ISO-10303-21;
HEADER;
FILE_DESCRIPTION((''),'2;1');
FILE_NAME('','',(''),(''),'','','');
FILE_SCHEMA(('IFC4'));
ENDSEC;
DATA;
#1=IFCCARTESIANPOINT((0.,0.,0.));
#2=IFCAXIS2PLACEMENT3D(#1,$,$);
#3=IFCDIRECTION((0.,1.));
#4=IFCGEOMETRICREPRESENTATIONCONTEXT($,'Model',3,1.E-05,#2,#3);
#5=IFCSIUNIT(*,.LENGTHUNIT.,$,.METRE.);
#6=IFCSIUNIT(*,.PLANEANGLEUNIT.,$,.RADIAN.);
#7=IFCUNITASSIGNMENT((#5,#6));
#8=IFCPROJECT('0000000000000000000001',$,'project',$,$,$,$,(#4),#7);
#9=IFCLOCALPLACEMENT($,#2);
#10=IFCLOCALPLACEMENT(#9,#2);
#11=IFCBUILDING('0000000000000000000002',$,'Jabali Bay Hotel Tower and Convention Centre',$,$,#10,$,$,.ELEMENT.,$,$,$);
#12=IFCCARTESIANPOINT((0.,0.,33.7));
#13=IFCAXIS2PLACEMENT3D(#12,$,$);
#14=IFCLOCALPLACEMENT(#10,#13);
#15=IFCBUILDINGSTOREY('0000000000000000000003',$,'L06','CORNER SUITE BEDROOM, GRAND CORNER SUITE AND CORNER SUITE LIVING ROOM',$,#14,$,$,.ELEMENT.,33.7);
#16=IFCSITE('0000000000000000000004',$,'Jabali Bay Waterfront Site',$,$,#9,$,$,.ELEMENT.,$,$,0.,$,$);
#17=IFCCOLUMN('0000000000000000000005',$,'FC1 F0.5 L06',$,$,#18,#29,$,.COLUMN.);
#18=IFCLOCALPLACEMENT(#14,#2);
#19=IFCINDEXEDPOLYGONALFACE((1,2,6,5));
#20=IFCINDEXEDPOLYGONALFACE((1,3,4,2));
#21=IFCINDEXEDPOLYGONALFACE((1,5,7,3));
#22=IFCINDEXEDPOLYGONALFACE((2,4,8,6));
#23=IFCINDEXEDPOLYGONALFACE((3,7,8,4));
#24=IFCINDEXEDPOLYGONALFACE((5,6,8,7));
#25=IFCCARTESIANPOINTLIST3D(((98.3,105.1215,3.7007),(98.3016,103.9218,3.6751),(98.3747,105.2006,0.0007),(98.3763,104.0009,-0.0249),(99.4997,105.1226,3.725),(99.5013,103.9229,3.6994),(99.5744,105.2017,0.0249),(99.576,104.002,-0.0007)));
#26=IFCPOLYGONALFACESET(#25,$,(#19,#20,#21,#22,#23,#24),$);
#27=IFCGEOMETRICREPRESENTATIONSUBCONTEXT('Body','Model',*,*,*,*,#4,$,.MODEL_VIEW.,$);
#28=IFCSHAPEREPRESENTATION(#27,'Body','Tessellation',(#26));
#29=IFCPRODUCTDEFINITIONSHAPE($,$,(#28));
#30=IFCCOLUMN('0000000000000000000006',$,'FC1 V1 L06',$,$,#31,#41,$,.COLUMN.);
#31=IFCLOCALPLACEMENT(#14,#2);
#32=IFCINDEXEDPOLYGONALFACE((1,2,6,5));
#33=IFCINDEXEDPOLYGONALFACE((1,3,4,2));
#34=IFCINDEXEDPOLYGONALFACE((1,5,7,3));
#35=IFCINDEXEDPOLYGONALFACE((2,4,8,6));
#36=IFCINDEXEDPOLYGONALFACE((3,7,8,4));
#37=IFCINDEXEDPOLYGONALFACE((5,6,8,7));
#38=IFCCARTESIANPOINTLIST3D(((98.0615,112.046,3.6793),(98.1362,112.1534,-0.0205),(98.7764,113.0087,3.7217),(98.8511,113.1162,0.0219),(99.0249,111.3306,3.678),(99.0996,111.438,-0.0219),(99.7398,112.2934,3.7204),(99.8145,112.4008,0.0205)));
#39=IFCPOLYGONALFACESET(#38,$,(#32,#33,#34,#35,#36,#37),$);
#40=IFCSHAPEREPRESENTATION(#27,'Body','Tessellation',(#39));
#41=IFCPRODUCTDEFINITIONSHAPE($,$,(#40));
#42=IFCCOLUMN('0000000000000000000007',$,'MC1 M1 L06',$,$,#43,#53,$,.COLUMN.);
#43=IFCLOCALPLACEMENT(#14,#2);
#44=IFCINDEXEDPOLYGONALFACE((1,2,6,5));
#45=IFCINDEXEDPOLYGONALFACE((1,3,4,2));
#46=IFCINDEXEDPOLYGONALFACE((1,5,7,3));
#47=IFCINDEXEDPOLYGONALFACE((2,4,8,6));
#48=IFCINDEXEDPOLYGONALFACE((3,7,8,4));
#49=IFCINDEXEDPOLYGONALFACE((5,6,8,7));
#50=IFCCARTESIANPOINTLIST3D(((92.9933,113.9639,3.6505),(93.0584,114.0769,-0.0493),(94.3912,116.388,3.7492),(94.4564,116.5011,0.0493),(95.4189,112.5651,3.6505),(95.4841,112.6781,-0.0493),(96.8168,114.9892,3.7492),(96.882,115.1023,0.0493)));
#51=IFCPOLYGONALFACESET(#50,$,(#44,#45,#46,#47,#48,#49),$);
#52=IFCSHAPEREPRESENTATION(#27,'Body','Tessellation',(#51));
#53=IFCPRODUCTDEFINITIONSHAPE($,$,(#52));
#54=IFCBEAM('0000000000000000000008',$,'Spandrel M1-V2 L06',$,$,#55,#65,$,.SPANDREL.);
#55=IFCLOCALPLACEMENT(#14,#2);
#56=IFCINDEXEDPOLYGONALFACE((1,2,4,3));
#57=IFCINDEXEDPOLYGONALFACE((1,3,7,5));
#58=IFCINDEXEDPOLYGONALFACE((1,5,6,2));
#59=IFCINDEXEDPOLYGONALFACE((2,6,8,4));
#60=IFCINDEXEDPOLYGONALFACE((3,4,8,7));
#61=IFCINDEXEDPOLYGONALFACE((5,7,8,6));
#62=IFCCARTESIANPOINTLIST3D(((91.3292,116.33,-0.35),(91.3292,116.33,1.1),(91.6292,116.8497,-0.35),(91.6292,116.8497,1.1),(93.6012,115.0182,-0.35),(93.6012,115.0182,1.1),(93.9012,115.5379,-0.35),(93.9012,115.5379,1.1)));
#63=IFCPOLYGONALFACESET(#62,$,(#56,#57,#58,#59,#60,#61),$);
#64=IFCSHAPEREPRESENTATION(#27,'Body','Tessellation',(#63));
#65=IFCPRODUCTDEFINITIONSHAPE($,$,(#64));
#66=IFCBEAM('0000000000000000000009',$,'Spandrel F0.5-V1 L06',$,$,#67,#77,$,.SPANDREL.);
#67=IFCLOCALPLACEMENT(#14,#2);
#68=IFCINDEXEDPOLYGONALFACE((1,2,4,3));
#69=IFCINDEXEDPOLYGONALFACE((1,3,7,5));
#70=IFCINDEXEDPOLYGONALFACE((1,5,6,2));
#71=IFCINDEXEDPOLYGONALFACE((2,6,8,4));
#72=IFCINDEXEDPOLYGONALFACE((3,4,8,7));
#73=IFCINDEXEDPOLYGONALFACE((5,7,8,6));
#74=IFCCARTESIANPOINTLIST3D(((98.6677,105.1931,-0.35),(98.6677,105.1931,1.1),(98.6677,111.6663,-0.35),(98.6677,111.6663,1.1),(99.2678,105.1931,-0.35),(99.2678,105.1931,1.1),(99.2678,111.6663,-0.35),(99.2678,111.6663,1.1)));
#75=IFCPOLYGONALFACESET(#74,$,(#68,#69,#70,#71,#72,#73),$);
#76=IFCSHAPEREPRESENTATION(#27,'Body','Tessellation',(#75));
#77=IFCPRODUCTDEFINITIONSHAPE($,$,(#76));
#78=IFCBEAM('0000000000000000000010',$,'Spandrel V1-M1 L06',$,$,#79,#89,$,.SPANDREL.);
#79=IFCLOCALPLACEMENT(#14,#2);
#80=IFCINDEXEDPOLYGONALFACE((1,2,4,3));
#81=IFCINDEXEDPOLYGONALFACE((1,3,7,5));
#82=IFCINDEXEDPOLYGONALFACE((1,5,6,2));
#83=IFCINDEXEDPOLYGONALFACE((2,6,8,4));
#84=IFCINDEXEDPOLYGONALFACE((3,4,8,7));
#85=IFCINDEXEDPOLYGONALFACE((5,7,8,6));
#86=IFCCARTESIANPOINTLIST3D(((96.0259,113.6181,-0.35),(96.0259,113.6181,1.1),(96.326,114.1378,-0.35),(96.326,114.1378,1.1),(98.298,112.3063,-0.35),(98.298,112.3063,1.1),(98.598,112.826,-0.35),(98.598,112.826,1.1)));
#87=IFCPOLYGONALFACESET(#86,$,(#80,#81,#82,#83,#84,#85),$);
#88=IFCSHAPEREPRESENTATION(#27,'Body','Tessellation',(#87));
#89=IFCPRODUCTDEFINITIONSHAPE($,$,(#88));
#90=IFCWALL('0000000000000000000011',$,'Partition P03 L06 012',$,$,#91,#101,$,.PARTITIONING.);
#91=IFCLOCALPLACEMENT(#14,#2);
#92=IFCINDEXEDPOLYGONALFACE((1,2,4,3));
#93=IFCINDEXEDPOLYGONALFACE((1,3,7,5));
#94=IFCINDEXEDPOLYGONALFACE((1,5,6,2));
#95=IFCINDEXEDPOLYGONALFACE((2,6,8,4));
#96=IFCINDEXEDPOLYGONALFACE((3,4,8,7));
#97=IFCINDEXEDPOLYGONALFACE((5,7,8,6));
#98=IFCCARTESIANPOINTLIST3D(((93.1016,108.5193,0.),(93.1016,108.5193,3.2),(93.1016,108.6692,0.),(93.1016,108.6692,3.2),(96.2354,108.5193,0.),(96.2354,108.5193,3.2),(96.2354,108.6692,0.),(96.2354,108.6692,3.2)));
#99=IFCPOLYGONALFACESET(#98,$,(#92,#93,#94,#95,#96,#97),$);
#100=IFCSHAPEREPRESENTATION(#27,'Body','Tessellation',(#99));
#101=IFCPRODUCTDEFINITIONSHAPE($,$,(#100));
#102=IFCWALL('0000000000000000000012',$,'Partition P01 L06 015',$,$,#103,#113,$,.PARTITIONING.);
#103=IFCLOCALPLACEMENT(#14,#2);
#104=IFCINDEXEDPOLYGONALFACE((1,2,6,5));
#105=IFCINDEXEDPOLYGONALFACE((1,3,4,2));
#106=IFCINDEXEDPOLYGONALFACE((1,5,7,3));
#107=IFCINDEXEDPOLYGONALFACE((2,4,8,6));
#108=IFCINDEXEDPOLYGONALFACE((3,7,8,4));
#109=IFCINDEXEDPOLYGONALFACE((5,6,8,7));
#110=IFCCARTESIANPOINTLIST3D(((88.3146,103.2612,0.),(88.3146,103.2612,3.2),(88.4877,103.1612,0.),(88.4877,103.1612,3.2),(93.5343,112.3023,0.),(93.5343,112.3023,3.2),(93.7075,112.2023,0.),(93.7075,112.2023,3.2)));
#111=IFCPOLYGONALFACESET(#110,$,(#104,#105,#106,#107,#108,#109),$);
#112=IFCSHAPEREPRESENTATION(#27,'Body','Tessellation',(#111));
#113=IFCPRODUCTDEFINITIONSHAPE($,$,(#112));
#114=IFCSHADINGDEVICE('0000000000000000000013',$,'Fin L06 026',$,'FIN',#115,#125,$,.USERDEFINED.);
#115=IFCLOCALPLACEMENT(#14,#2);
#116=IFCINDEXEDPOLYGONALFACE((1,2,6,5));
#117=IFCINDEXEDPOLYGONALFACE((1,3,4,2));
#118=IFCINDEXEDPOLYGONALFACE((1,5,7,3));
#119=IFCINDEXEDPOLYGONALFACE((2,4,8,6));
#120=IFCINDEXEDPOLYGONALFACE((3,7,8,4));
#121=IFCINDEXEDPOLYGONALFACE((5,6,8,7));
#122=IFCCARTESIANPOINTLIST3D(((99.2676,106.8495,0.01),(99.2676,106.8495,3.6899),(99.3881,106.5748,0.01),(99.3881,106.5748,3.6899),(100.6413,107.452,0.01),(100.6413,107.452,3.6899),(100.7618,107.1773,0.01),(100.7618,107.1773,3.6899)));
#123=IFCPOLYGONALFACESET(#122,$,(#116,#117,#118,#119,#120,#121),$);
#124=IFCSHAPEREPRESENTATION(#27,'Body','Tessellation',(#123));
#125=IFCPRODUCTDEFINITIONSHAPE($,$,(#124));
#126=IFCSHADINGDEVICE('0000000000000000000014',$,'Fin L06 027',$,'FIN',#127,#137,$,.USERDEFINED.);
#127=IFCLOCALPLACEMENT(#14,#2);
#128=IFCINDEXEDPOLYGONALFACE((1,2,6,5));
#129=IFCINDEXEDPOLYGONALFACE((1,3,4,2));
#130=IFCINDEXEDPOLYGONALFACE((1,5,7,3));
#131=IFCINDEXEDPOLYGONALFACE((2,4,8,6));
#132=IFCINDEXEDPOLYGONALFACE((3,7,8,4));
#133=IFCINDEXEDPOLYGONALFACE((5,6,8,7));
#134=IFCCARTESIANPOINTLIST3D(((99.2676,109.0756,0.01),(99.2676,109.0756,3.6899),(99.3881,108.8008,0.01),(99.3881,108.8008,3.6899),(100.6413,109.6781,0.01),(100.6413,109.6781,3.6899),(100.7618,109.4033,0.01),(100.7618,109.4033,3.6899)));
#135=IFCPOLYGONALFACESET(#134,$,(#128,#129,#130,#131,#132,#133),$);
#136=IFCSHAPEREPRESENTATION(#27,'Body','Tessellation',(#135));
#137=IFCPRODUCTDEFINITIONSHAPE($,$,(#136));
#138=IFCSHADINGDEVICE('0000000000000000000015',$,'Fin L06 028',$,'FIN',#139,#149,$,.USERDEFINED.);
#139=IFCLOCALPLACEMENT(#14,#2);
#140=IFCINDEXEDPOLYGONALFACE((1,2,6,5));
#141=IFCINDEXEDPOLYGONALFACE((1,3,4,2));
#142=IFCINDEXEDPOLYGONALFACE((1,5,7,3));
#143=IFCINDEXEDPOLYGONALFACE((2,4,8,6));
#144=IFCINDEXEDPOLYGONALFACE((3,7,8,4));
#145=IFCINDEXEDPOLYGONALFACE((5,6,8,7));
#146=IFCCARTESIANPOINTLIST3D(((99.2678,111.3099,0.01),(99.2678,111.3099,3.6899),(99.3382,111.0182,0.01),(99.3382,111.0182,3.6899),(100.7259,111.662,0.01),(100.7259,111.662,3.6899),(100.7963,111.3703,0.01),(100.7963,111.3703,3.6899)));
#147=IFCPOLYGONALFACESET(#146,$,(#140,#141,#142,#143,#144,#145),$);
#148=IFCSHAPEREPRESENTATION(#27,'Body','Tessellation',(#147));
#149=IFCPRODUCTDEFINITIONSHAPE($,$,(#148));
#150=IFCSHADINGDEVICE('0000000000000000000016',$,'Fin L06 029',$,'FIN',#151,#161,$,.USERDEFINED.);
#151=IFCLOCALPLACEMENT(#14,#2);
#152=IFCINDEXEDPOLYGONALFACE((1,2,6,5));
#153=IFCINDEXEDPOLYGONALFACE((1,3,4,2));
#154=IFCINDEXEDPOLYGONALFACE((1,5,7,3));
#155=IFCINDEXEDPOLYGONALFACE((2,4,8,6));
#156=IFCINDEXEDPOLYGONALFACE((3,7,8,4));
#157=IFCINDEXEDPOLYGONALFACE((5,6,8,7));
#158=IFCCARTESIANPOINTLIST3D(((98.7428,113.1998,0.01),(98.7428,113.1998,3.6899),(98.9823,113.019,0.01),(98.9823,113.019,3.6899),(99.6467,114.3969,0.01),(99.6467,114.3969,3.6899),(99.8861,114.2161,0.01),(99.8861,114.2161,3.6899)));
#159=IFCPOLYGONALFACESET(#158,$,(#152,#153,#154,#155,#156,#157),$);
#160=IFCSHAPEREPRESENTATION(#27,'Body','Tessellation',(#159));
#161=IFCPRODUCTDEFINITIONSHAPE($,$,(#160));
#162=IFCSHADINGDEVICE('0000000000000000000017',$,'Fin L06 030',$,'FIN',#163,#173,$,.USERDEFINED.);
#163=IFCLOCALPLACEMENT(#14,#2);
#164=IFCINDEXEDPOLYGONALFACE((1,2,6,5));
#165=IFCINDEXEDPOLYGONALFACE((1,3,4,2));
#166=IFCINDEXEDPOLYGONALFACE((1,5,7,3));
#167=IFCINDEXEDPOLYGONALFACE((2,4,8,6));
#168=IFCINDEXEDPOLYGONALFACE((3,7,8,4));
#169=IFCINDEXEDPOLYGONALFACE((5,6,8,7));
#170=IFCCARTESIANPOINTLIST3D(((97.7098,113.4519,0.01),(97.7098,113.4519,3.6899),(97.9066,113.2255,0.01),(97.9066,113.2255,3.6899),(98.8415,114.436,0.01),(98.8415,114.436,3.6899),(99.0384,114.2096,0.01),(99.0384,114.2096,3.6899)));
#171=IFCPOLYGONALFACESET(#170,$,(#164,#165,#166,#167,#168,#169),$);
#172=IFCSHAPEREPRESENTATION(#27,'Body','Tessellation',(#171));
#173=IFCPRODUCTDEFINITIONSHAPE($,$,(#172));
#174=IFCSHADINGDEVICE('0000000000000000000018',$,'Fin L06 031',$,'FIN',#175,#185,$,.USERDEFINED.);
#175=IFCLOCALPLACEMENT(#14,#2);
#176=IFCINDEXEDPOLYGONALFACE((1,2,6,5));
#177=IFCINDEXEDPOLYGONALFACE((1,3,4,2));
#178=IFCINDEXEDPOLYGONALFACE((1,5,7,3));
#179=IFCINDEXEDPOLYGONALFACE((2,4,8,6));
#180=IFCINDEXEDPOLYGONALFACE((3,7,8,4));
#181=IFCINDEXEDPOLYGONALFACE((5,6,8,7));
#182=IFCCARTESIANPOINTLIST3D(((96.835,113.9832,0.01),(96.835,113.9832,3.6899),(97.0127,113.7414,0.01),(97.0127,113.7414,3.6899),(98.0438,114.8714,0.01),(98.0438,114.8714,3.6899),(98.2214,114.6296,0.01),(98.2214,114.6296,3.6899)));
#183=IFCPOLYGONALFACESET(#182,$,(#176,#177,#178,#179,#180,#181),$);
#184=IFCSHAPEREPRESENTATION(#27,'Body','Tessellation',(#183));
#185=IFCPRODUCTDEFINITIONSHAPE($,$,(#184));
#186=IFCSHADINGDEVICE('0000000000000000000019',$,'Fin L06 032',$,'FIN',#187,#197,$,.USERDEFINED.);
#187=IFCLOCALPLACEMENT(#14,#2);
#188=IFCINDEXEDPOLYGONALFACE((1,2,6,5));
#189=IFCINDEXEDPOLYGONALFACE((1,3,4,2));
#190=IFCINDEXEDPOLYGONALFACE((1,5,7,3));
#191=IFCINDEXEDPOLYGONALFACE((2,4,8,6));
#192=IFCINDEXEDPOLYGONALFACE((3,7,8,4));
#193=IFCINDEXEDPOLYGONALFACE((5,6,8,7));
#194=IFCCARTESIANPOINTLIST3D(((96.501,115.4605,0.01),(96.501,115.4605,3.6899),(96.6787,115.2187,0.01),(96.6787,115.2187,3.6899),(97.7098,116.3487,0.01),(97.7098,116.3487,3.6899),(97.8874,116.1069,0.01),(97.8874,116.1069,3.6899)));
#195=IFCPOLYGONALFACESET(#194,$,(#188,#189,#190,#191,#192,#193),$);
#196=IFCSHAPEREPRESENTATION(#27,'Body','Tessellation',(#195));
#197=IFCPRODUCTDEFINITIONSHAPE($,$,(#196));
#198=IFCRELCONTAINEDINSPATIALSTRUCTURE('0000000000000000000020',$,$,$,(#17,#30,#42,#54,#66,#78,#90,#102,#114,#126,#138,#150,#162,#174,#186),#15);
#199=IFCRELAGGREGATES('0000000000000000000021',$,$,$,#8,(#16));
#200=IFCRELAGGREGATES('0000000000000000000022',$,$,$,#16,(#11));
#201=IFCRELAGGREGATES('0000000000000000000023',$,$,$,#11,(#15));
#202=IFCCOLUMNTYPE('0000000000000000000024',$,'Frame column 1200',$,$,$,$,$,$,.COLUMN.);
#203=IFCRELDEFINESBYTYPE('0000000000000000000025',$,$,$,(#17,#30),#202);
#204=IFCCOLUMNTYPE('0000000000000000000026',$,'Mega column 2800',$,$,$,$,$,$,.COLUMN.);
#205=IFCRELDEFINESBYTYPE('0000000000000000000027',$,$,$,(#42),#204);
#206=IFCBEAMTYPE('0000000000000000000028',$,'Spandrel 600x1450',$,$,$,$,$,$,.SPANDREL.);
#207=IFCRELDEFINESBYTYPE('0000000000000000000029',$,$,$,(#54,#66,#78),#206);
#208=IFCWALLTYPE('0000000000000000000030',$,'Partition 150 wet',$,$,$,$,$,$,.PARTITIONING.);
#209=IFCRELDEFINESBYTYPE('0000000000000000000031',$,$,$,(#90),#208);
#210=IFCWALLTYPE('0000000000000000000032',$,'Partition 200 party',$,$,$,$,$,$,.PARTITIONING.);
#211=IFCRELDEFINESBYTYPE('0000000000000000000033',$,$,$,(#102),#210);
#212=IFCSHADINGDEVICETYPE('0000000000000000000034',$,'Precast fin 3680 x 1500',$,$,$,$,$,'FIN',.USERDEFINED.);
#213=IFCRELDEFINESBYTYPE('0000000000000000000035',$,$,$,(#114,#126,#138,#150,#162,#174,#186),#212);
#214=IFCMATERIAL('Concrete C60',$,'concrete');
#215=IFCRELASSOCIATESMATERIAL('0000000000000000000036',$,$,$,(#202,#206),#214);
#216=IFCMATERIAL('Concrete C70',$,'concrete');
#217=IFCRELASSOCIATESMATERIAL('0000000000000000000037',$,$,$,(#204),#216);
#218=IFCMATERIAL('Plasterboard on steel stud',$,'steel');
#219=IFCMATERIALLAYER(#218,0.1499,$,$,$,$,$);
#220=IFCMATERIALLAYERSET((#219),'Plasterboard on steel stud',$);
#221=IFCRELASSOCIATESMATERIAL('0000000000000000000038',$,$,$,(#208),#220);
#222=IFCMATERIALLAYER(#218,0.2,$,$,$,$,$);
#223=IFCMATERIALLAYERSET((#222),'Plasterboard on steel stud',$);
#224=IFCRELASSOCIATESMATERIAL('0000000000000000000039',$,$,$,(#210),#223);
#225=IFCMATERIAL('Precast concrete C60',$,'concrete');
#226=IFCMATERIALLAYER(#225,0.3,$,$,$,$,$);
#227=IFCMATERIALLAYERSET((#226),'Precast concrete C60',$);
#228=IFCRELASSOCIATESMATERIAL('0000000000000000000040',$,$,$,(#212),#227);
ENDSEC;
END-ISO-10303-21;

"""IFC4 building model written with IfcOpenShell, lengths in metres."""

from ifc_helpers import new_model, si_unit, direction, frame, frame_2d, origin, origin_2d, place, context, subcontext, project, spatial, rectangle, extrude, material, layer, layer_set, material_profile, profile_set, type_object, element, save


model = new_model("IFC4")

# Units and contexts
model_context = context("Model", 3, precision=1e-05, world=origin(), true_north=direction((0.0, 1.0)))
body_context = subcontext(model_context, "Body", "Model", "MODEL_VIEW")
ifc_project = project(units=[si_unit("LENGTHUNIT", "METRE"), si_unit("PLANEANGLEUNIT", "RADIAN")], contexts=[model_context])

# Site, building, storey
site_placement = place(None, origin())
site = spatial("IfcSite", under=ifc_project, at=site_placement, Name="Jabali Bay Waterfront Site", CompositionType="ELEMENT", RefElevation=0.0)
building_placement = place(site_placement, origin())
building = spatial("IfcBuilding", under=site, at=building_placement, Name="Jabali Bay Hotel Tower and Convention Centre", CompositionType="ELEMENT")
storey_placement = place(building_placement, frame((0.0, 0.0, 33.7)))
storey = spatial("IfcBuildingStorey", under=building, at=storey_placement, Name="L06", Description="CORNER SUITE BEDROOM, GRAND CORNER SUITE AND CORNER SUITE LIVING ROOM", CompositionType="ELEMENT", Elevation=33.7)

# Columns
ifc_material_1 = material(Name="Concrete C60", Category="concrete")
ifc_material_profile_1 = material_profile(ifc_material_1, rectangle(XDim=1.2, YDim=1.2, at=origin_2d()), Name="Frame column 1200")
ifc_profile_set_1 = profile_set([ifc_material_profile_1], Name="Concrete C60")
column_type_1 = type_object("IfcColumnType", Name="Frame column 1200", PredefinedType="COLUMN", material=ifc_profile_set_1)
column_1_placement = place(storey_placement, frame((98.9753, 104.6013, 0.0), z_axis=(-0.020183, -0.02137, 0.999568), x_axis=(0.999795, 0.000884, 0.020206)))
element("IfcColumn", 1, at=column_1_placement, inside=storey, type_object=column_type_1, Name="FC1 F0.5 L06", PredefinedType="COLUMN", context=body_context, shape_type="SweptSolid", body=[
    extrude(rectangle(XDim=1.2, YDim=1.2, at=origin_2d()), origin(), (0.0, 0.0, 1.0), 3.7017),
])
column_2_placement = place(storey_placement, frame((98.9753, 112.2771, 0.0), z_axis=(-0.020179, -0.029015, 0.999375), x_axis=(0.595808, 0.80235, 0.035325)))
element("IfcColumn", 2, at=column_2_placement, inside=storey, type_object=column_type_1, Name="FC1 V1 L06", PredefinedType="COLUMN", context=body_context, shape_type="SweptSolid", body=[
    extrude(rectangle(XDim=1.2, YDim=1.2, at=origin_2d()), origin(), (0.0, 0.0, 1.0), 3.7021),
])
ifc_material_2 = material(Name="Concrete C70", Category="concrete")
ifc_material_profile_2 = material_profile(ifc_material_2, rectangle(XDim=2.8, YDim=2.8, at=origin_2d()), Name="Mega column 2800")
ifc_profile_set_2 = profile_set([ifc_material_profile_2], Name="Concrete C70")
column_type_2 = type_object("IfcColumnType", Name="Mega column 2800", PredefinedType="COLUMN", material=ifc_profile_set_2)
column_3_placement = place(storey_placement, frame((94.9702, 114.5896, 0.0), z_axis=(-0.017607, -0.030532, 0.999379), x_axis=(0.866279, -0.49956, 0.0)))
element("IfcColumn", 3, at=column_3_placement, inside=storey, type_object=column_type_2, Name="MC1 M1 L06", PredefinedType="COLUMN", context=body_context, shape_type="SweptSolid", body=[
    extrude(rectangle(XDim=2.8, YDim=2.8, at=origin_2d()), origin(), (0.0, 0.0, 1.0), 3.7021),
])

# Beams
ifc_material_profile_3 = material_profile(ifc_material_1, rectangle(XDim=0.6001, YDim=1.45, at=origin_2d()), Name="Spandrel 600x1450")
ifc_profile_set_3 = profile_set([ifc_material_profile_3], Name="Concrete C60")
beam_type = type_object("IfcBeamType", Name="Spandrel 600x1450", PredefinedType="SPANDREL", material=ifc_profile_set_3)
beam_1_placement = place(storey_placement, frame((93.7512, 115.2781, 0.375), z_axis=(-0.866018, 0.500012, 0.0), x_axis=(-0.500012, -0.866018, 0.0)))
element("IfcBeam", 4, at=beam_1_placement, inside=storey, type_object=beam_type, Name="Spandrel M1-V2 L06", PredefinedType="SPANDREL", context=body_context, shape_type="SweptSolid", body=[
    extrude(rectangle(XDim=0.6001, YDim=1.45, at=origin_2d()), origin(), (0.0, 0.0, 1.0), 2.6235),
])
beam_2_placement = place(storey_placement, frame((98.9678, 105.1931, 0.375), z_axis=(0.0, 1.0, 0.0), x_axis=(-1.0, 0.0, 0.0)))
element("IfcBeam", 5, at=beam_2_placement, inside=storey, type_object=beam_type, Name="Spandrel F0.5-V1 L06", PredefinedType="SPANDREL", context=body_context, shape_type="SweptSolid", body=[
    extrude(rectangle(XDim=0.6001, YDim=1.45, at=origin_2d()), origin(), (0.0, 0.0, 1.0), 6.4731),
])
beam_3_placement = place(storey_placement, frame((98.448, 112.5662, 0.375), z_axis=(-0.866018, 0.500012, 0.0), x_axis=(-0.500012, -0.866018, 0.0)))
element("IfcBeam", 6, at=beam_3_placement, inside=storey, type_object=beam_type, Name="Spandrel V1-M1 L06", PredefinedType="SPANDREL", context=body_context, shape_type="SweptSolid", body=[
    extrude(rectangle(XDim=0.6001, YDim=1.45, at=origin_2d()), origin(), (0.0, 0.0, 1.0), 2.6235),
])

# Walls
ifc_material_3 = material(Name="Plasterboard on steel stud", Category="steel")
ifc_layer_1 = layer(ifc_material_3, 0.1499)
ifc_layer_set_1 = layer_set([ifc_layer_1], Name="Plasterboard on steel stud")
wall_type_1 = type_object("IfcWallType", Name="Partition 150 wet", PredefinedType="PARTITIONING", material=ifc_layer_set_1)
wall_1_placement = place(storey_placement, frame((96.2354, 108.5942, 0.0), z_axis=(0.0, 0.0, 1.0), x_axis=(-1.0, 0.0, 0.0)))
element("IfcWall", 7, at=wall_1_placement, inside=storey, type_object=wall_type_1, Name="Partition P03 L06 012", PredefinedType="PARTITIONING", context=body_context, shape_type="SweptSolid", body=[
    extrude(rectangle(XDim=3.1338, YDim=0.1499, at=frame_2d((1.5669, 0.0))), origin(), (0.0, 0.0, 1.0), 3.2),
])
ifc_layer_2 = layer(ifc_material_3, 0.2)
ifc_layer_set_2 = layer_set([ifc_layer_2], Name="Plasterboard on steel stud")
wall_type_2 = type_object("IfcWallType", Name="Partition 200 party", PredefinedType="PARTITIONING", material=ifc_layer_set_2)
wall_2_placement = place(storey_placement, frame((93.6208, 112.2522, 0.0), z_axis=(0.0, 0.0, 1.0), x_axis=(-0.499992, -0.86603, 0.0)))
element("IfcWall", 8, at=wall_2_placement, inside=storey, type_object=wall_type_2, Name="Partition P01 L06 015", PredefinedType="PARTITIONING", context=body_context, shape_type="SweptSolid", body=[
    extrude(rectangle(XDim=10.4397, YDim=0.2, at=frame_2d((5.2197, 0.0))), origin(), (0.0, 0.0, 1.0), 3.2),
])

# Shading devices
ifc_material_4 = material(Name="Precast concrete C60", Category="concrete")
ifc_layer_3 = layer(ifc_material_4, 0.3)
ifc_layer_set_3 = layer_set([ifc_layer_3], Name="Precast concrete C60")
shading_device_type = type_object("IfcShadingDeviceType", Name="Precast fin 3680 x 1500", ElementType="FIN", PredefinedType="USERDEFINED", material=ifc_layer_set_3)
for number, where, z_axis, x_axis, name in (
    (9, (99.3279, 106.7122, 0.01), (0.0, 0.0, 1.0), (0.915787, 0.401664, 0.0), "Fin L06 026"),
    (10, (99.3279, 108.9382, 0.01), (0.0, 0.0, 1.0), (0.915787, 0.401664, 0.0), "Fin L06 027"),
    (11, (99.303, 111.1641, 0.01), (0.0, 0.0, 1.0), (0.972064, 0.234715, 0.0), "Fin L06 028"),
    (12, (98.8625, 113.1094, 0.01), (0.0, 0.0, 1.0), (0.602575, 0.798062, 0.0), "Fin L06 029"),
):
    element("IfcShadingDevice", number, at=place(storey_placement, frame(where, z_axis=z_axis, x_axis=x_axis)), inside=storey, type_object=shading_device_type, Name=name, ObjectType="FIN", PredefinedType="USERDEFINED", context=body_context, shape_type="SweptSolid", body=[
        extrude(rectangle(XDim=1.5, YDim=0.3, at=frame_2d((0.75, 0.0))), origin(), (0.0, 0.0, 1.0), 3.6799),
    ])
shading_device_1_placement = place(storey_placement, frame((97.8081, 113.3386, 0.01), z_axis=(0.0, 0.0, 1.0), x_axis=(0.75463, 0.656151, 0.0)))
element("IfcShadingDevice", 13, at=shading_device_1_placement, inside=storey, type_object=shading_device_type, Name="Fin L06 030", ObjectType="FIN", PredefinedType="USERDEFINED", context=body_context, shape_type="SweptSolid", body=[
    extrude(rectangle(XDim=1.4998, YDim=0.3, at=frame_2d((0.75, 0.0))), origin(), (0.0, 0.0, 1.0), 3.6799),
])
for number, where, z_axis, x_axis, name in (
    (14, (96.9238, 113.8623, 0.01), (0.0, 0.0, 1.0), (0.805841, 0.592133, 0.0), "Fin L06 031"),
    (15, (96.5898, 115.3396, 0.01), (0.0, 0.0, 1.0), (0.805841, 0.592133, 0.0), "Fin L06 032"),
):
    element("IfcShadingDevice", number, at=place(storey_placement, frame(where, z_axis=z_axis, x_axis=x_axis)), inside=storey, type_object=shading_device_type, Name=name, ObjectType="FIN", PredefinedType="USERDEFINED", context=body_context, shape_type="SweptSolid", body=[
        extrude(rectangle(XDim=1.5, YDim=0.3, at=frame_2d((0.75, 0.0))), origin(), (0.0, 0.0, 1.0), 3.6799),
    ])

save(model, "model.ifc")
